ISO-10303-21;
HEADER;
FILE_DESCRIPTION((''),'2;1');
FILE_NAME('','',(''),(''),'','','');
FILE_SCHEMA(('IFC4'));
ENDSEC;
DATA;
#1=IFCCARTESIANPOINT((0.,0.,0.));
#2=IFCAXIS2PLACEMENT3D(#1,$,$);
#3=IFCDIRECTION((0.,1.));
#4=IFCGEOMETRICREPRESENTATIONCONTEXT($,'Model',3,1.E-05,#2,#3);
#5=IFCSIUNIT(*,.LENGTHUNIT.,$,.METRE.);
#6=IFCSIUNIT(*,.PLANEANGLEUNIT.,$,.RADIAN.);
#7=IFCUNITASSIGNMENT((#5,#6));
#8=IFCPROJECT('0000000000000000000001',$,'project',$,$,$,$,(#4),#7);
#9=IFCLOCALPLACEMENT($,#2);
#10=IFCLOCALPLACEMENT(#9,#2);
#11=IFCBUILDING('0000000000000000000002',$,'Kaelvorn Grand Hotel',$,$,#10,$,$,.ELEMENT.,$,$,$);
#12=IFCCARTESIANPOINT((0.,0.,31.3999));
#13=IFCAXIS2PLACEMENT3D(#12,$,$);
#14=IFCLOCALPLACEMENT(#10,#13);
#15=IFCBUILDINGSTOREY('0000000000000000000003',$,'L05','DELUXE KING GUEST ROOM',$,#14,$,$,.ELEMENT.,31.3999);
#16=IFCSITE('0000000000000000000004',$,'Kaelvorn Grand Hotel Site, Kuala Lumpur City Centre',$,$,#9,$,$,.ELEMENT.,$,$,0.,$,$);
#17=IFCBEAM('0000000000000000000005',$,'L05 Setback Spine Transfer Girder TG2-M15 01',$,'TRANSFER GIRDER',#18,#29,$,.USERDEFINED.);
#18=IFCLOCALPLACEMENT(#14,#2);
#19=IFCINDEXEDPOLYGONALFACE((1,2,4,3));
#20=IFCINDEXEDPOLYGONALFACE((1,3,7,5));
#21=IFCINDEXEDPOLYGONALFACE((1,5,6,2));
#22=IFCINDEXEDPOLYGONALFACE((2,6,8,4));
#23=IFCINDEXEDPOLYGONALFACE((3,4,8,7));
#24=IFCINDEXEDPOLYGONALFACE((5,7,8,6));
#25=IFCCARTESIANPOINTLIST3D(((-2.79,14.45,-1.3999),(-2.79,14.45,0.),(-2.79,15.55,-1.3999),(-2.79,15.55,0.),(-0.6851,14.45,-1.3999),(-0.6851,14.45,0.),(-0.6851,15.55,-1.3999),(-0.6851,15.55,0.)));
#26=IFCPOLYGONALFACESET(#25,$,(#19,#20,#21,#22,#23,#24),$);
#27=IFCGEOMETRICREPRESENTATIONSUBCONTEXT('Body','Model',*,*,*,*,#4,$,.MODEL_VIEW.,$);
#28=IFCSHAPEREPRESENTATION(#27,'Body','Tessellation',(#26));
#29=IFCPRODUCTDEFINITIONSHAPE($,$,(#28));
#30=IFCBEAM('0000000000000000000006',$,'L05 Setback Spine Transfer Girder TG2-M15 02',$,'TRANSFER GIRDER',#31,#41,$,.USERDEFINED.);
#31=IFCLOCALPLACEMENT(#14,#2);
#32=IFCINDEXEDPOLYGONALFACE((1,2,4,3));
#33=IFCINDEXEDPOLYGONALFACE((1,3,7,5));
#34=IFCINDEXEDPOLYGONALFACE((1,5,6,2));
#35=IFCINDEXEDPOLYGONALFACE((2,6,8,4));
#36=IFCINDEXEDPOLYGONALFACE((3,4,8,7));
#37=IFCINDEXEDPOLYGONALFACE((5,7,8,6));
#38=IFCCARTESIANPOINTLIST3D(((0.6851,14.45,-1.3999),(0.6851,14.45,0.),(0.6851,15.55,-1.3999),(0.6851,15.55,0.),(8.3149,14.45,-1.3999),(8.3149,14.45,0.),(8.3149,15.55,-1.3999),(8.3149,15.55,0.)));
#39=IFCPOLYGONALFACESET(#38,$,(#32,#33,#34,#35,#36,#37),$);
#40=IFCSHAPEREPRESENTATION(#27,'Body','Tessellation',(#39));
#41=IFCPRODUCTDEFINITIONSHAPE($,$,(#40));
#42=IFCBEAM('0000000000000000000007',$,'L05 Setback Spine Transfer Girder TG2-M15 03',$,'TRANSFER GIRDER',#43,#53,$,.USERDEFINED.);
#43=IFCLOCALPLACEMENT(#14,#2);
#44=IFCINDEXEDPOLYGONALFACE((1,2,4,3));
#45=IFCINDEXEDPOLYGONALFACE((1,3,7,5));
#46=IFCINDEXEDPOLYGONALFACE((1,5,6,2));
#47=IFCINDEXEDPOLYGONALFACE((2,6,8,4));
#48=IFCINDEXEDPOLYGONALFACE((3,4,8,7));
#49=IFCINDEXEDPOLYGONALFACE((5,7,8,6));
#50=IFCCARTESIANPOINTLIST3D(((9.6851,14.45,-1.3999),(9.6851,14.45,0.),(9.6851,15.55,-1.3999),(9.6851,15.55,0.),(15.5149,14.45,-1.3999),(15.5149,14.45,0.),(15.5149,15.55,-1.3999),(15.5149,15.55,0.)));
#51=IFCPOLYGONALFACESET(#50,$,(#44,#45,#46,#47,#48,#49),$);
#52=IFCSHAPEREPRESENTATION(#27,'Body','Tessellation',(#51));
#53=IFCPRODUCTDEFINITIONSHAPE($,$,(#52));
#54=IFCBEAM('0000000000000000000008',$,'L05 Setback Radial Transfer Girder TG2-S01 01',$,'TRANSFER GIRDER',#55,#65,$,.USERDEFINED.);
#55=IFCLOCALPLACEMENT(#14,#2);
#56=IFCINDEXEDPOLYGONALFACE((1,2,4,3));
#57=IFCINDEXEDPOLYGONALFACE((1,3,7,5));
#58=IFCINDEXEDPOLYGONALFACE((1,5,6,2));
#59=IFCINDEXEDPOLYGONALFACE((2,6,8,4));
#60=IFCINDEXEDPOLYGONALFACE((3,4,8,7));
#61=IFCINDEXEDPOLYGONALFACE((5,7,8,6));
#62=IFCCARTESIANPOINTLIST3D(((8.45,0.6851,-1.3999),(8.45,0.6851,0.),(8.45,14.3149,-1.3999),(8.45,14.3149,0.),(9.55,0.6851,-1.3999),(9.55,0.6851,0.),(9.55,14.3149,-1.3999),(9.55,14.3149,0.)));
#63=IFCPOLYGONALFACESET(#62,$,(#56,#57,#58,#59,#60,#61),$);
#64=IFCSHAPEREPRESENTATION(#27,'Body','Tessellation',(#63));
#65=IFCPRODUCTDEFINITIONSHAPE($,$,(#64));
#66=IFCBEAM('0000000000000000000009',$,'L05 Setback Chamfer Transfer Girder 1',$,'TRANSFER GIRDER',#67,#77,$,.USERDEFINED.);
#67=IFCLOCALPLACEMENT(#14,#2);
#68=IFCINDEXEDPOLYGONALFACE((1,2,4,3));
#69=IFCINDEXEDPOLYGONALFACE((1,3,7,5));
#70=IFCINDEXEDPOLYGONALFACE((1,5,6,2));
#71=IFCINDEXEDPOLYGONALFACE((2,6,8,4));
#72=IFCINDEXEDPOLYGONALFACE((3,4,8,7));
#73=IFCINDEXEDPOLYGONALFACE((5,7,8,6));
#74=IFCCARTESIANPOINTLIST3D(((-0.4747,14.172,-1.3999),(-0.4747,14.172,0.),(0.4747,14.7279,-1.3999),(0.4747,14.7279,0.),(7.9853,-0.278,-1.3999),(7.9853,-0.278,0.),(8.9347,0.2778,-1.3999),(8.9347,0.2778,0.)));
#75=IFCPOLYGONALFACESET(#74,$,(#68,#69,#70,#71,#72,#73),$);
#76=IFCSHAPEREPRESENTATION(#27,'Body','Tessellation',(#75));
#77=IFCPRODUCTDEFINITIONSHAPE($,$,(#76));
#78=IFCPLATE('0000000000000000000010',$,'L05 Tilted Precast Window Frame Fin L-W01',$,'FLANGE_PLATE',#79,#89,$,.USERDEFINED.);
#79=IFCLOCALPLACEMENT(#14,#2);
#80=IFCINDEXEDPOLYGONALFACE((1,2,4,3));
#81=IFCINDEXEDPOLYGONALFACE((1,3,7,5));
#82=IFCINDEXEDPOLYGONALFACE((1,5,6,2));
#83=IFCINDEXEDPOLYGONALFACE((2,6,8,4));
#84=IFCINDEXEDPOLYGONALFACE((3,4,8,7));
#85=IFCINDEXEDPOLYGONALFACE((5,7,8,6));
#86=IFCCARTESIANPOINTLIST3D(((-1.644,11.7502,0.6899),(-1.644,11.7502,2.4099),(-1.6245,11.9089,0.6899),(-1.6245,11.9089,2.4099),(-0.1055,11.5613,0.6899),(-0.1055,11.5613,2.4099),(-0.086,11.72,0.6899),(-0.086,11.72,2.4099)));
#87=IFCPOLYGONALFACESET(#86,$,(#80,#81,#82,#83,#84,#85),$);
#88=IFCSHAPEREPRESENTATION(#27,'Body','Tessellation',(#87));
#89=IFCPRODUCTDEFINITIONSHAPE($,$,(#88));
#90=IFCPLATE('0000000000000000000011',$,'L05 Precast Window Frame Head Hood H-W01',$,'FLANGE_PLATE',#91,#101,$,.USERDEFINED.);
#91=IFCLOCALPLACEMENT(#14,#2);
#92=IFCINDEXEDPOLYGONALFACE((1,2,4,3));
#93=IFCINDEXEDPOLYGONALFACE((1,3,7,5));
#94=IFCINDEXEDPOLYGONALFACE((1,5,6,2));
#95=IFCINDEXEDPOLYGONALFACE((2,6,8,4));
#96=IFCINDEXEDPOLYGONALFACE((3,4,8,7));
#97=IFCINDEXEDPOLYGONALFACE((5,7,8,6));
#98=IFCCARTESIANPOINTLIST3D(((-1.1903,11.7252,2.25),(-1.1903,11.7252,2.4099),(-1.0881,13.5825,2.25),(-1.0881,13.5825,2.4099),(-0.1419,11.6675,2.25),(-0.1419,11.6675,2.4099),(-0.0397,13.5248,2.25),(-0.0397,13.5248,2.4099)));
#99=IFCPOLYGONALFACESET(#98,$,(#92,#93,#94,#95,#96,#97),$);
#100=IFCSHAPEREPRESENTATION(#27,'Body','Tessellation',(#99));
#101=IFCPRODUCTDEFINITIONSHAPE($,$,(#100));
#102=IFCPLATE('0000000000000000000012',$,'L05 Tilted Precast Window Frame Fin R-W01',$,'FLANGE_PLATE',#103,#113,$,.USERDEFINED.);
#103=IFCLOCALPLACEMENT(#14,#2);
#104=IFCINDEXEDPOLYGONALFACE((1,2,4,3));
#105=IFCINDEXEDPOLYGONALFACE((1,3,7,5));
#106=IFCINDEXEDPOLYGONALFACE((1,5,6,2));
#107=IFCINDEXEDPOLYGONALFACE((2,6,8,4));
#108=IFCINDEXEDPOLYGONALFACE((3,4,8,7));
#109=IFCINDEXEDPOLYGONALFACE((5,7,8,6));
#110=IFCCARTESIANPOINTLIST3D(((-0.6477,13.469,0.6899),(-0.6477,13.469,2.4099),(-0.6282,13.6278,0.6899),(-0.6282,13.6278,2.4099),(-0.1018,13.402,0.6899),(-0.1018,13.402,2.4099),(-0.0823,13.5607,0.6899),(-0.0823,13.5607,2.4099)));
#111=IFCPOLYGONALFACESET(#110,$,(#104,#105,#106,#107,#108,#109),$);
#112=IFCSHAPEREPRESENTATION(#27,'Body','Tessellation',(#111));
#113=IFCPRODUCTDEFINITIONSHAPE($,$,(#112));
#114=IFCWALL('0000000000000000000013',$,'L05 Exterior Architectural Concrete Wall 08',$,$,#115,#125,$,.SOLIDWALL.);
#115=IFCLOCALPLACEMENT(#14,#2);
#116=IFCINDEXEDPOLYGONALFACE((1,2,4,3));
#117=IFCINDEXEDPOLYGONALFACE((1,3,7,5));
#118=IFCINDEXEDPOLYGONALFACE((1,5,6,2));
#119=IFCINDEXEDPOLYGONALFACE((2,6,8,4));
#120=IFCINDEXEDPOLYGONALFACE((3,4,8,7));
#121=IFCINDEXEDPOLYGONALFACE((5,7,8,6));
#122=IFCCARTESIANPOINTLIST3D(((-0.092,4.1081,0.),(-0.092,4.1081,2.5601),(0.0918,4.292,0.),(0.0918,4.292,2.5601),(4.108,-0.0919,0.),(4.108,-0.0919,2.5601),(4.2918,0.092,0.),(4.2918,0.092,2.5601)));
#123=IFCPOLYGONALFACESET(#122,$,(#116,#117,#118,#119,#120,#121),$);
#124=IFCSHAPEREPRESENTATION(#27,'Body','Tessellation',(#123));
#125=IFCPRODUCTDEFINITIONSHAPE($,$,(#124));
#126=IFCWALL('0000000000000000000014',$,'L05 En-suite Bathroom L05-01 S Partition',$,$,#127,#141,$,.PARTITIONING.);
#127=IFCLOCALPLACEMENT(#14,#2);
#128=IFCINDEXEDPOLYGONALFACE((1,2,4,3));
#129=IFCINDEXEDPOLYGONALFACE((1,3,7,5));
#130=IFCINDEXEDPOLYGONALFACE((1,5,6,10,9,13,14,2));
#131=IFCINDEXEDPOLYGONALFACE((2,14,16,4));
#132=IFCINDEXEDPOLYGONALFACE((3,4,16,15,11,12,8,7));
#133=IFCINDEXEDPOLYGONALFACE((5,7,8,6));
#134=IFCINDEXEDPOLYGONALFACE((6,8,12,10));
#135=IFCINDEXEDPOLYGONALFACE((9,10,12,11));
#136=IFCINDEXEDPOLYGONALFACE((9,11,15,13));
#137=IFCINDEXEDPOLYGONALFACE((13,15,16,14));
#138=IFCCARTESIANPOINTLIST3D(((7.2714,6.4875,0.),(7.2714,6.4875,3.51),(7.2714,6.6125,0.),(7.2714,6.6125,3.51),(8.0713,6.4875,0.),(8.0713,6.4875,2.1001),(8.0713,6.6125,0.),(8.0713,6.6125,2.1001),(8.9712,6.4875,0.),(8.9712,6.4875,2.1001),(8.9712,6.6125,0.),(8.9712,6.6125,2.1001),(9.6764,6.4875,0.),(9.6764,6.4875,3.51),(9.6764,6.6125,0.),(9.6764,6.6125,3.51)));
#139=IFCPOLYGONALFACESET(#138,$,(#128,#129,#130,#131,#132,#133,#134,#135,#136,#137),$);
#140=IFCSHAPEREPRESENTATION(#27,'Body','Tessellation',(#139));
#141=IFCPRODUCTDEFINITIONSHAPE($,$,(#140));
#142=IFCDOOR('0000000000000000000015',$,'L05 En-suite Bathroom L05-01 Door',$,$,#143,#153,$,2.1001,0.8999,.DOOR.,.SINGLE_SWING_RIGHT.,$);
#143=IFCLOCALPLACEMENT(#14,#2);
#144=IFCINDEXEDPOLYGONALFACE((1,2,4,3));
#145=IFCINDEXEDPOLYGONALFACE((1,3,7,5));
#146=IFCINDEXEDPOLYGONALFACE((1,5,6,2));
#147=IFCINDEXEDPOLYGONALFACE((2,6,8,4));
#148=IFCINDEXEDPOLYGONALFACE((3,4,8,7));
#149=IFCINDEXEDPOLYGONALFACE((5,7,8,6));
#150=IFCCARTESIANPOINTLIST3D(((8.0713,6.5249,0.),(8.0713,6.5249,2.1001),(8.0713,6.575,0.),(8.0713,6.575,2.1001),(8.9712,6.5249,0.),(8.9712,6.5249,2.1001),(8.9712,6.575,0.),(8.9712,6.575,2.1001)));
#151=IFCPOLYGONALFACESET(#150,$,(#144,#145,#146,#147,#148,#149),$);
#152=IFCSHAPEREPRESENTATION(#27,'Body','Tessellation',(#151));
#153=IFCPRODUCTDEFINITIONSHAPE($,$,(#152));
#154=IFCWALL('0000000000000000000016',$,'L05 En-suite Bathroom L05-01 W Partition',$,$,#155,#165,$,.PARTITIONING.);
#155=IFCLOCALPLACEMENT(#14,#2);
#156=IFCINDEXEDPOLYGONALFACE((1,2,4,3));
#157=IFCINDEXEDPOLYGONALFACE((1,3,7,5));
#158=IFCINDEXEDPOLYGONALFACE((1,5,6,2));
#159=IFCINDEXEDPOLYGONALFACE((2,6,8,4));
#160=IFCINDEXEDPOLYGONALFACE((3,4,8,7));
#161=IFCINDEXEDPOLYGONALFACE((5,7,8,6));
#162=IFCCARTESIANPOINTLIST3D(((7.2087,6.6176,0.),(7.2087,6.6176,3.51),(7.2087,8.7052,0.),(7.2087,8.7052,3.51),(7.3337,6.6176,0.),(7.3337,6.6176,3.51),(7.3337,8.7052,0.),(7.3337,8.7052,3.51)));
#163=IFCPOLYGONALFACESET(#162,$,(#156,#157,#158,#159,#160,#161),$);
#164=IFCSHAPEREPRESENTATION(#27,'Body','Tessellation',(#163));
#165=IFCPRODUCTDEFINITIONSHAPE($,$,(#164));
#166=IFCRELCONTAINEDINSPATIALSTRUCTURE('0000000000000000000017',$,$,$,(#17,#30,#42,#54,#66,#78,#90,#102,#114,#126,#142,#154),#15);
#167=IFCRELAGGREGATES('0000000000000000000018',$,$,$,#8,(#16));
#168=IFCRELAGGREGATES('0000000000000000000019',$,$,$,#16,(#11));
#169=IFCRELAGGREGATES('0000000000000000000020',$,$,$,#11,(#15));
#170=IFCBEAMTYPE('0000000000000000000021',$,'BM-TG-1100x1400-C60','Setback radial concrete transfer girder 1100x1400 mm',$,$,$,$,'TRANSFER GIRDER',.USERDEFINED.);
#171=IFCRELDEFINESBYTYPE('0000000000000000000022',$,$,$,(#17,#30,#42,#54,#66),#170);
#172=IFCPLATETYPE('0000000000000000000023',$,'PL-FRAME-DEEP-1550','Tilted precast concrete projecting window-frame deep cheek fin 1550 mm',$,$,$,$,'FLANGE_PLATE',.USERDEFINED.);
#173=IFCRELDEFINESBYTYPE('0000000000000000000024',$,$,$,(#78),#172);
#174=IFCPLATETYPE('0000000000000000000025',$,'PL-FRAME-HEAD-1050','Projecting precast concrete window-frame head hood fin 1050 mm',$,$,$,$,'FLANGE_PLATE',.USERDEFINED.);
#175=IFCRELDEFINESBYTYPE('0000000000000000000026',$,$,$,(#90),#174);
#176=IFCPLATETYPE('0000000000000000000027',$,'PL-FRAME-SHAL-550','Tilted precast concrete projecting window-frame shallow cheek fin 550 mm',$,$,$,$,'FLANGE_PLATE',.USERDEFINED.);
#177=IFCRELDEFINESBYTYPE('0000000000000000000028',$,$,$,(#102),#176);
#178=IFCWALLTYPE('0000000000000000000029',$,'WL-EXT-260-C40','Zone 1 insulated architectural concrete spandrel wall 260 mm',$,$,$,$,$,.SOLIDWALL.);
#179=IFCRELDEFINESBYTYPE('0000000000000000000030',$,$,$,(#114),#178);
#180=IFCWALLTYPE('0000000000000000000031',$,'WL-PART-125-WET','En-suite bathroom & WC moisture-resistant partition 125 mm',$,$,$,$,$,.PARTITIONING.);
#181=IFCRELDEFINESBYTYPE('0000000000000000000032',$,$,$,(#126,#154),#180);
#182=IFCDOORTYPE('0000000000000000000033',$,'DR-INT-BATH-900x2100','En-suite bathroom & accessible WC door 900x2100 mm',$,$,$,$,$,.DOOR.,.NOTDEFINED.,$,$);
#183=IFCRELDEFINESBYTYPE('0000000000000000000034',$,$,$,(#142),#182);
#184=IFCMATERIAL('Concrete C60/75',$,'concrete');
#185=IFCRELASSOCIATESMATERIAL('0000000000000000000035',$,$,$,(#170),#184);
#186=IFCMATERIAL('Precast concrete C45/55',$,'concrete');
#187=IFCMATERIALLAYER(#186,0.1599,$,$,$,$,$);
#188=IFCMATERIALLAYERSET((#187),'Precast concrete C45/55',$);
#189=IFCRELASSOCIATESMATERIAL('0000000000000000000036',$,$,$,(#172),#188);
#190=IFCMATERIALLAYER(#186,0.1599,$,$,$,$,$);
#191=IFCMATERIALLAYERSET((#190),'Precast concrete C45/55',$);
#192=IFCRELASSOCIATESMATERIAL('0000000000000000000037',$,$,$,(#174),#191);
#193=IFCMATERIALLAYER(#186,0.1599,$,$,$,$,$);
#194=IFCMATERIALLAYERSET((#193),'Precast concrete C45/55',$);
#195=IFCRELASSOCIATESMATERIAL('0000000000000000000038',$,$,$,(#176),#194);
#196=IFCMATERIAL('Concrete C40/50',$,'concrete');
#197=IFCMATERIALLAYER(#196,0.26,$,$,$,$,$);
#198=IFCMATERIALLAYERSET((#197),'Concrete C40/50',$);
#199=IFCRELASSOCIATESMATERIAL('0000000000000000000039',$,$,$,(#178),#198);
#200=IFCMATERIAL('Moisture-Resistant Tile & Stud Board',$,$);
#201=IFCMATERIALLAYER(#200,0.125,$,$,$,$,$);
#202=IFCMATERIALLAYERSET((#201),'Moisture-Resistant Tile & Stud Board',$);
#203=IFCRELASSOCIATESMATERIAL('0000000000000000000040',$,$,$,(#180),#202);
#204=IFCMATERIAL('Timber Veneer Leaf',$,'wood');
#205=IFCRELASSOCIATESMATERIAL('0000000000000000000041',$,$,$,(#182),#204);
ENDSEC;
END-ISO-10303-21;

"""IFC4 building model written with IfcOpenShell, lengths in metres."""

from ifc_helpers import new_model, si_unit, direction, frame, frame_2d, origin, origin_2d, place, context, subcontext, project, spatial, rectangle, extrude, material, layer, layer_set, material_profile, profile_set, type_object, element, fill, save


model = new_model("IFC4")

# Units and contexts
model_context = context("Model", 3, precision=1e-05, world=origin(), true_north=direction((0.0, 1.0)))
body_context = subcontext(model_context, "Body", "Model", "MODEL_VIEW")
ifc_project = project(units=[si_unit("LENGTHUNIT", "METRE"), si_unit("PLANEANGLEUNIT", "RADIAN")], contexts=[model_context])

# Site, building, storey
site_placement = place(None, origin())
site = spatial("IfcSite", under=ifc_project, at=site_placement, Name="Kaelvorn Grand Hotel Site, Kuala Lumpur City Centre", CompositionType="ELEMENT", RefElevation=0.0)
building_placement = place(site_placement, origin())
building = spatial("IfcBuilding", under=site, at=building_placement, Name="Kaelvorn Grand Hotel", CompositionType="ELEMENT")
storey_placement = place(building_placement, frame((0.0, 0.0, 31.3999)))
storey = spatial("IfcBuildingStorey", under=building, at=storey_placement, Name="L05", Description="DELUXE KING GUEST ROOM", CompositionType="ELEMENT", Elevation=31.3999)

# Beams
ifc_material_1 = material(Name="Concrete C60/75", Category="concrete")
ifc_material_profile_1 = material_profile(ifc_material_1, rectangle(XDim=1.1001, YDim=1.3999, at=origin_2d()), Name="RC TG 1100x1400")
ifc_profile_set_1 = profile_set([ifc_material_profile_1], Name="Concrete C60/75")
beam_type_1 = type_object("IfcBeamType", Name="BM-TG-1100x1400-C60", Description="Setback radial concrete transfer girder 1100x1400 mm", ElementType="TRANSFER GIRDER", PredefinedType="USERDEFINED", material=ifc_profile_set_1)
beam_1_placement = place(storey_placement, frame((-2.79, 15.0, -0.7), z_axis=(1.0, 0.0, 0.0), x_axis=(0.0, 1.0, 0.0)))
element("IfcBeam", 1, at=beam_1_placement, inside=storey, type_object=beam_type_1, Name="L05 Setback Spine Transfer Girder TG2-M15 01", ObjectType="TRANSFER GIRDER", PredefinedType="USERDEFINED", context=body_context, shape_type="SweptSolid", body=[
    extrude(rectangle(XDim=1.1001, YDim=1.3999, at=origin_2d()), origin(), (0.0, 0.0, 1.0), 2.105),
])
beam_2_placement = place(storey_placement, frame((0.6851, 15.0, -0.7), z_axis=(1.0, 0.0, 0.0), x_axis=(0.0, 1.0, 0.0)))
element("IfcBeam", 2, at=beam_2_placement, inside=storey, type_object=beam_type_1, Name="L05 Setback Spine Transfer Girder TG2-M15 02", ObjectType="TRANSFER GIRDER", PredefinedType="USERDEFINED", context=body_context, shape_type="SweptSolid", body=[
    extrude(rectangle(XDim=1.1001, YDim=1.3999, at=origin_2d()), origin(), (0.0, 0.0, 1.0), 7.6299),
])
beam_3_placement = place(storey_placement, frame((9.6851, 15.0, -0.7), z_axis=(1.0, 0.0, 0.0), x_axis=(0.0, 1.0, 0.0)))
element("IfcBeam", 3, at=beam_3_placement, inside=storey, type_object=beam_type_1, Name="L05 Setback Spine Transfer Girder TG2-M15 03", ObjectType="TRANSFER GIRDER", PredefinedType="USERDEFINED", context=body_context, shape_type="SweptSolid", body=[
    extrude(rectangle(XDim=1.1001, YDim=1.3999, at=origin_2d()), origin(), (0.0, 0.0, 1.0), 5.8298),
])
beam_4_placement = place(storey_placement, frame((9.0, 0.6851, -0.7), z_axis=(0.0, 1.0, 0.0), x_axis=(-1.0, 0.0, 0.0)))
element("IfcBeam", 4, at=beam_4_placement, inside=storey, type_object=beam_type_1, Name="L05 Setback Radial Transfer Girder TG2-S01 01", ObjectType="TRANSFER GIRDER", PredefinedType="USERDEFINED", context=body_context, shape_type="SweptSolid", body=[
    extrude(rectangle(XDim=1.1001, YDim=1.3999, at=origin_2d()), origin(), (0.0, 0.0, 1.0), 13.6299),
])
beam_5_placement = place(storey_placement, frame((0.0, 14.45, -0.7), z_axis=(0.505244, -0.862977, 0.0), x_axis=(0.862977, 0.505244, 0.0)))
element("IfcBeam", 5, at=beam_5_placement, inside=storey, type_object=beam_type_1, Name="L05 Setback Chamfer Transfer Girder 1", ObjectType="TRANSFER GIRDER", PredefinedType="USERDEFINED", context=body_context, shape_type="SweptSolid", body=[
    extrude(rectangle(XDim=1.1001, YDim=1.3999, at=origin_2d()), origin(), (0.0, 0.0, 1.0), 16.7444),
])

# Plates
ifc_material_2 = material(Name="Precast concrete C45/55", Category="concrete")
ifc_layer_1 = layer(ifc_material_2, 0.1599)
ifc_layer_set_1 = layer_set([ifc_layer_1], Name="Precast concrete C45/55")
plate_type_1 = type_object("IfcPlateType", Name="PL-FRAME-DEEP-1550", Description="Tilted precast concrete projecting window-frame deep cheek fin 1550 mm", ElementType="FLANGE_PLATE", PredefinedType="USERDEFINED", material=ifc_layer_set_1)
plate_1_placement = place(storey_placement, frame((-0.865, 11.7351, 0.6899), z_axis=(0.0, 0.0, 1.0), x_axis=(0.121869, 0.992546, 0.0)))
element("IfcPlate", 6, at=plate_1_placement, inside=storey, type_object=plate_type_1, Name="L05 Tilted Precast Window Frame Fin L-W01", ObjectType="FLANGE_PLATE", PredefinedType="USERDEFINED", context=body_context, shape_type="SweptSolid", body=[
    extrude(rectangle(XDim=0.1599, YDim=1.55, at=origin_2d()), origin(), (0.0, 0.0, 1.0), 1.72),
])
ifc_layer_2 = layer(ifc_material_2, 0.1599)
ifc_layer_set_2 = layer_set([ifc_layer_2], Name="Precast concrete C45/55")
plate_type_2 = type_object("IfcPlateType", Name="PL-FRAME-HEAD-1050", Description="Projecting precast concrete window-frame head hood fin 1050 mm", ElementType="FLANGE_PLATE", PredefinedType="USERDEFINED", material=ifc_layer_set_2)
plate_2_placement = place(storey_placement, frame((-0.615, 12.625, 2.25), z_axis=(0.0, 0.0, 1.0), x_axis=(0.05495, 0.998489, 0.0)))
element("IfcPlate", 7, at=plate_2_placement, inside=storey, type_object=plate_type_2, Name="L05 Precast Window Frame Head Hood H-W01", ObjectType="FLANGE_PLATE", PredefinedType="USERDEFINED", context=body_context, shape_type="SweptSolid", body=[
    extrude(rectangle(XDim=1.8601, YDim=1.05, at=origin_2d()), origin(), (0.0, 0.0, 1.0), 0.1599),
])
ifc_layer_3 = layer(ifc_material_2, 0.1599)
ifc_layer_set_3 = layer_set([ifc_layer_3], Name="Precast concrete C45/55")
plate_type_3 = type_object("IfcPlateType", Name="PL-FRAME-SHAL-550", Description="Tilted precast concrete projecting window-frame shallow cheek fin 550 mm", ElementType="FLANGE_PLATE", PredefinedType="USERDEFINED", material=ifc_layer_set_3)
plate_3_placement = place(storey_placement, frame((-0.365, 13.5149, 0.6899), z_axis=(0.0, 0.0, 1.0), x_axis=(0.121869, 0.992546, 0.0)))
element("IfcPlate", 8, at=plate_3_placement, inside=storey, type_object=plate_type_3, Name="L05 Tilted Precast Window Frame Fin R-W01", ObjectType="FLANGE_PLATE", PredefinedType="USERDEFINED", context=body_context, shape_type="SweptSolid", body=[
    extrude(rectangle(XDim=0.1599, YDim=0.55, at=origin_2d()), origin(), (0.0, 0.0, 1.0), 1.72),
])

# Wall
ifc_material_3 = material(Name="Concrete C40/50", Category="concrete")
ifc_layer_4 = layer(ifc_material_3, 0.26)
ifc_layer_set_4 = layer_set([ifc_layer_4], Name="Concrete C40/50")
wall_type_1 = type_object("IfcWallType", Name="WL-EXT-260-C40", Description="Zone 1 insulated architectural concrete spandrel wall 260 mm", PredefinedType="SOLIDWALL", material=ifc_layer_set_4)
wall_1_placement = place(storey_placement, frame((0.0, 4.2, 0.0), z_axis=(0.0, 0.0, 1.0), x_axis=(0.707107, -0.707107, 0.0)))
element("IfcWall", 9, at=wall_1_placement, inside=storey, type_object=wall_type_1, Name="L05 Exterior Architectural Concrete Wall 08", PredefinedType="SOLIDWALL", context=body_context, shape_type="SweptSolid", body=[
    extrude(rectangle(XDim=5.9397, YDim=0.26, at=frame_2d((2.9697, 0.0))), origin(), (0.0, 0.0, 1.0), 2.5601),
])

# Wall, opening, door
ifc_material_4 = material(Name="Moisture-Resistant Tile & Stud Board")
ifc_layer_5 = layer(ifc_material_4, 0.125)
ifc_layer_set_5 = layer_set([ifc_layer_5], Name="Moisture-Resistant Tile & Stud Board")
wall_type_2 = type_object("IfcWallType", Name="WL-PART-125-WET", Description="En-suite bathroom & WC moisture-resistant partition 125 mm", PredefinedType="PARTITIONING", material=ifc_layer_set_5)
wall_2_placement = place(storey_placement, frame((7.2712, 6.55, 0.0), z_axis=(0.0, 0.0, 1.0), x_axis=(1.0, 0.0, 0.0)))
wall_2 = element("IfcWall", 10, at=wall_2_placement, inside=storey, type_object=wall_type_2, Name="L05 En-suite Bathroom L05-01 S Partition", PredefinedType="PARTITIONING", context=body_context, shape_type="SweptSolid", body=[
    extrude(rectangle(XDim=2.405, YDim=0.125, at=frame_2d((1.2026, 0.0))), origin(), (0.0, 0.0, 1.0), 3.51),
])
opening_1_placement = place(wall_2_placement, frame((0.8, 0.0, 0.0)))
opening_1 = element("IfcOpeningElement", 11, at=opening_1_placement, cuts=wall_2, PredefinedType="OPENING", context=body_context, shape_type="SweptSolid", body=[
    extrude(rectangle(XDim=0.8999, YDim=2.1001, at=frame_2d((0.45, 1.05))), frame((0.0, 0.0725, 0.0), z_axis=(0.0, -1.0, 0.0), x_axis=(1.0, 0.0, 0.0)), (0.0, 0.0, 1.0), 0.145),
])
ifc_material_5 = material(Name="Timber Veneer Leaf", Category="wood")
door_type_1 = type_object("IfcDoorType", Name="DR-INT-BATH-900x2100", Description="En-suite bathroom & accessible WC door 900x2100 mm", OperationType="NOTDEFINED", PredefinedType="DOOR", material=ifc_material_5)
door_1_placement = place(opening_1_placement, origin())
door_1 = element("IfcDoor", 12, at=door_1_placement, inside=storey, type_object=door_type_1, Name="L05 En-suite Bathroom L05-01 Door", OperationType="SINGLE_SWING_RIGHT", OverallHeight=2.1001, OverallWidth=0.8999, PredefinedType="DOOR", context=body_context, shape_type="SweptSolid", body=[
    extrude(rectangle(XDim=0.8999, YDim=2.1001, at=frame_2d((0.45, 1.05))), frame((0.0, 0.0249, 0.0), z_axis=(0.0, -1.0, 0.0), x_axis=(1.0, 0.0, 0.0)), (0.0, 0.0, 1.0), 0.05),
])
fill(opening_1, door_1)

# Wall
wall_3_placement = place(storey_placement, frame((7.2712, 6.6174, 0.0), z_axis=(0.0, 0.0, 1.0), x_axis=(0.0, 1.0, 0.0)))
element("IfcWall", 13, at=wall_3_placement, inside=storey, type_object=wall_type_2, Name="L05 En-suite Bathroom L05-01 W Partition", PredefinedType="PARTITIONING", context=body_context, shape_type="SweptSolid", body=[
    extrude(rectangle(XDim=2.0876, YDim=0.125, at=frame_2d((1.0439, 0.0))), origin(), (0.0, 0.0, 1.0), 3.51),
])

save(model, "model.ifc")
